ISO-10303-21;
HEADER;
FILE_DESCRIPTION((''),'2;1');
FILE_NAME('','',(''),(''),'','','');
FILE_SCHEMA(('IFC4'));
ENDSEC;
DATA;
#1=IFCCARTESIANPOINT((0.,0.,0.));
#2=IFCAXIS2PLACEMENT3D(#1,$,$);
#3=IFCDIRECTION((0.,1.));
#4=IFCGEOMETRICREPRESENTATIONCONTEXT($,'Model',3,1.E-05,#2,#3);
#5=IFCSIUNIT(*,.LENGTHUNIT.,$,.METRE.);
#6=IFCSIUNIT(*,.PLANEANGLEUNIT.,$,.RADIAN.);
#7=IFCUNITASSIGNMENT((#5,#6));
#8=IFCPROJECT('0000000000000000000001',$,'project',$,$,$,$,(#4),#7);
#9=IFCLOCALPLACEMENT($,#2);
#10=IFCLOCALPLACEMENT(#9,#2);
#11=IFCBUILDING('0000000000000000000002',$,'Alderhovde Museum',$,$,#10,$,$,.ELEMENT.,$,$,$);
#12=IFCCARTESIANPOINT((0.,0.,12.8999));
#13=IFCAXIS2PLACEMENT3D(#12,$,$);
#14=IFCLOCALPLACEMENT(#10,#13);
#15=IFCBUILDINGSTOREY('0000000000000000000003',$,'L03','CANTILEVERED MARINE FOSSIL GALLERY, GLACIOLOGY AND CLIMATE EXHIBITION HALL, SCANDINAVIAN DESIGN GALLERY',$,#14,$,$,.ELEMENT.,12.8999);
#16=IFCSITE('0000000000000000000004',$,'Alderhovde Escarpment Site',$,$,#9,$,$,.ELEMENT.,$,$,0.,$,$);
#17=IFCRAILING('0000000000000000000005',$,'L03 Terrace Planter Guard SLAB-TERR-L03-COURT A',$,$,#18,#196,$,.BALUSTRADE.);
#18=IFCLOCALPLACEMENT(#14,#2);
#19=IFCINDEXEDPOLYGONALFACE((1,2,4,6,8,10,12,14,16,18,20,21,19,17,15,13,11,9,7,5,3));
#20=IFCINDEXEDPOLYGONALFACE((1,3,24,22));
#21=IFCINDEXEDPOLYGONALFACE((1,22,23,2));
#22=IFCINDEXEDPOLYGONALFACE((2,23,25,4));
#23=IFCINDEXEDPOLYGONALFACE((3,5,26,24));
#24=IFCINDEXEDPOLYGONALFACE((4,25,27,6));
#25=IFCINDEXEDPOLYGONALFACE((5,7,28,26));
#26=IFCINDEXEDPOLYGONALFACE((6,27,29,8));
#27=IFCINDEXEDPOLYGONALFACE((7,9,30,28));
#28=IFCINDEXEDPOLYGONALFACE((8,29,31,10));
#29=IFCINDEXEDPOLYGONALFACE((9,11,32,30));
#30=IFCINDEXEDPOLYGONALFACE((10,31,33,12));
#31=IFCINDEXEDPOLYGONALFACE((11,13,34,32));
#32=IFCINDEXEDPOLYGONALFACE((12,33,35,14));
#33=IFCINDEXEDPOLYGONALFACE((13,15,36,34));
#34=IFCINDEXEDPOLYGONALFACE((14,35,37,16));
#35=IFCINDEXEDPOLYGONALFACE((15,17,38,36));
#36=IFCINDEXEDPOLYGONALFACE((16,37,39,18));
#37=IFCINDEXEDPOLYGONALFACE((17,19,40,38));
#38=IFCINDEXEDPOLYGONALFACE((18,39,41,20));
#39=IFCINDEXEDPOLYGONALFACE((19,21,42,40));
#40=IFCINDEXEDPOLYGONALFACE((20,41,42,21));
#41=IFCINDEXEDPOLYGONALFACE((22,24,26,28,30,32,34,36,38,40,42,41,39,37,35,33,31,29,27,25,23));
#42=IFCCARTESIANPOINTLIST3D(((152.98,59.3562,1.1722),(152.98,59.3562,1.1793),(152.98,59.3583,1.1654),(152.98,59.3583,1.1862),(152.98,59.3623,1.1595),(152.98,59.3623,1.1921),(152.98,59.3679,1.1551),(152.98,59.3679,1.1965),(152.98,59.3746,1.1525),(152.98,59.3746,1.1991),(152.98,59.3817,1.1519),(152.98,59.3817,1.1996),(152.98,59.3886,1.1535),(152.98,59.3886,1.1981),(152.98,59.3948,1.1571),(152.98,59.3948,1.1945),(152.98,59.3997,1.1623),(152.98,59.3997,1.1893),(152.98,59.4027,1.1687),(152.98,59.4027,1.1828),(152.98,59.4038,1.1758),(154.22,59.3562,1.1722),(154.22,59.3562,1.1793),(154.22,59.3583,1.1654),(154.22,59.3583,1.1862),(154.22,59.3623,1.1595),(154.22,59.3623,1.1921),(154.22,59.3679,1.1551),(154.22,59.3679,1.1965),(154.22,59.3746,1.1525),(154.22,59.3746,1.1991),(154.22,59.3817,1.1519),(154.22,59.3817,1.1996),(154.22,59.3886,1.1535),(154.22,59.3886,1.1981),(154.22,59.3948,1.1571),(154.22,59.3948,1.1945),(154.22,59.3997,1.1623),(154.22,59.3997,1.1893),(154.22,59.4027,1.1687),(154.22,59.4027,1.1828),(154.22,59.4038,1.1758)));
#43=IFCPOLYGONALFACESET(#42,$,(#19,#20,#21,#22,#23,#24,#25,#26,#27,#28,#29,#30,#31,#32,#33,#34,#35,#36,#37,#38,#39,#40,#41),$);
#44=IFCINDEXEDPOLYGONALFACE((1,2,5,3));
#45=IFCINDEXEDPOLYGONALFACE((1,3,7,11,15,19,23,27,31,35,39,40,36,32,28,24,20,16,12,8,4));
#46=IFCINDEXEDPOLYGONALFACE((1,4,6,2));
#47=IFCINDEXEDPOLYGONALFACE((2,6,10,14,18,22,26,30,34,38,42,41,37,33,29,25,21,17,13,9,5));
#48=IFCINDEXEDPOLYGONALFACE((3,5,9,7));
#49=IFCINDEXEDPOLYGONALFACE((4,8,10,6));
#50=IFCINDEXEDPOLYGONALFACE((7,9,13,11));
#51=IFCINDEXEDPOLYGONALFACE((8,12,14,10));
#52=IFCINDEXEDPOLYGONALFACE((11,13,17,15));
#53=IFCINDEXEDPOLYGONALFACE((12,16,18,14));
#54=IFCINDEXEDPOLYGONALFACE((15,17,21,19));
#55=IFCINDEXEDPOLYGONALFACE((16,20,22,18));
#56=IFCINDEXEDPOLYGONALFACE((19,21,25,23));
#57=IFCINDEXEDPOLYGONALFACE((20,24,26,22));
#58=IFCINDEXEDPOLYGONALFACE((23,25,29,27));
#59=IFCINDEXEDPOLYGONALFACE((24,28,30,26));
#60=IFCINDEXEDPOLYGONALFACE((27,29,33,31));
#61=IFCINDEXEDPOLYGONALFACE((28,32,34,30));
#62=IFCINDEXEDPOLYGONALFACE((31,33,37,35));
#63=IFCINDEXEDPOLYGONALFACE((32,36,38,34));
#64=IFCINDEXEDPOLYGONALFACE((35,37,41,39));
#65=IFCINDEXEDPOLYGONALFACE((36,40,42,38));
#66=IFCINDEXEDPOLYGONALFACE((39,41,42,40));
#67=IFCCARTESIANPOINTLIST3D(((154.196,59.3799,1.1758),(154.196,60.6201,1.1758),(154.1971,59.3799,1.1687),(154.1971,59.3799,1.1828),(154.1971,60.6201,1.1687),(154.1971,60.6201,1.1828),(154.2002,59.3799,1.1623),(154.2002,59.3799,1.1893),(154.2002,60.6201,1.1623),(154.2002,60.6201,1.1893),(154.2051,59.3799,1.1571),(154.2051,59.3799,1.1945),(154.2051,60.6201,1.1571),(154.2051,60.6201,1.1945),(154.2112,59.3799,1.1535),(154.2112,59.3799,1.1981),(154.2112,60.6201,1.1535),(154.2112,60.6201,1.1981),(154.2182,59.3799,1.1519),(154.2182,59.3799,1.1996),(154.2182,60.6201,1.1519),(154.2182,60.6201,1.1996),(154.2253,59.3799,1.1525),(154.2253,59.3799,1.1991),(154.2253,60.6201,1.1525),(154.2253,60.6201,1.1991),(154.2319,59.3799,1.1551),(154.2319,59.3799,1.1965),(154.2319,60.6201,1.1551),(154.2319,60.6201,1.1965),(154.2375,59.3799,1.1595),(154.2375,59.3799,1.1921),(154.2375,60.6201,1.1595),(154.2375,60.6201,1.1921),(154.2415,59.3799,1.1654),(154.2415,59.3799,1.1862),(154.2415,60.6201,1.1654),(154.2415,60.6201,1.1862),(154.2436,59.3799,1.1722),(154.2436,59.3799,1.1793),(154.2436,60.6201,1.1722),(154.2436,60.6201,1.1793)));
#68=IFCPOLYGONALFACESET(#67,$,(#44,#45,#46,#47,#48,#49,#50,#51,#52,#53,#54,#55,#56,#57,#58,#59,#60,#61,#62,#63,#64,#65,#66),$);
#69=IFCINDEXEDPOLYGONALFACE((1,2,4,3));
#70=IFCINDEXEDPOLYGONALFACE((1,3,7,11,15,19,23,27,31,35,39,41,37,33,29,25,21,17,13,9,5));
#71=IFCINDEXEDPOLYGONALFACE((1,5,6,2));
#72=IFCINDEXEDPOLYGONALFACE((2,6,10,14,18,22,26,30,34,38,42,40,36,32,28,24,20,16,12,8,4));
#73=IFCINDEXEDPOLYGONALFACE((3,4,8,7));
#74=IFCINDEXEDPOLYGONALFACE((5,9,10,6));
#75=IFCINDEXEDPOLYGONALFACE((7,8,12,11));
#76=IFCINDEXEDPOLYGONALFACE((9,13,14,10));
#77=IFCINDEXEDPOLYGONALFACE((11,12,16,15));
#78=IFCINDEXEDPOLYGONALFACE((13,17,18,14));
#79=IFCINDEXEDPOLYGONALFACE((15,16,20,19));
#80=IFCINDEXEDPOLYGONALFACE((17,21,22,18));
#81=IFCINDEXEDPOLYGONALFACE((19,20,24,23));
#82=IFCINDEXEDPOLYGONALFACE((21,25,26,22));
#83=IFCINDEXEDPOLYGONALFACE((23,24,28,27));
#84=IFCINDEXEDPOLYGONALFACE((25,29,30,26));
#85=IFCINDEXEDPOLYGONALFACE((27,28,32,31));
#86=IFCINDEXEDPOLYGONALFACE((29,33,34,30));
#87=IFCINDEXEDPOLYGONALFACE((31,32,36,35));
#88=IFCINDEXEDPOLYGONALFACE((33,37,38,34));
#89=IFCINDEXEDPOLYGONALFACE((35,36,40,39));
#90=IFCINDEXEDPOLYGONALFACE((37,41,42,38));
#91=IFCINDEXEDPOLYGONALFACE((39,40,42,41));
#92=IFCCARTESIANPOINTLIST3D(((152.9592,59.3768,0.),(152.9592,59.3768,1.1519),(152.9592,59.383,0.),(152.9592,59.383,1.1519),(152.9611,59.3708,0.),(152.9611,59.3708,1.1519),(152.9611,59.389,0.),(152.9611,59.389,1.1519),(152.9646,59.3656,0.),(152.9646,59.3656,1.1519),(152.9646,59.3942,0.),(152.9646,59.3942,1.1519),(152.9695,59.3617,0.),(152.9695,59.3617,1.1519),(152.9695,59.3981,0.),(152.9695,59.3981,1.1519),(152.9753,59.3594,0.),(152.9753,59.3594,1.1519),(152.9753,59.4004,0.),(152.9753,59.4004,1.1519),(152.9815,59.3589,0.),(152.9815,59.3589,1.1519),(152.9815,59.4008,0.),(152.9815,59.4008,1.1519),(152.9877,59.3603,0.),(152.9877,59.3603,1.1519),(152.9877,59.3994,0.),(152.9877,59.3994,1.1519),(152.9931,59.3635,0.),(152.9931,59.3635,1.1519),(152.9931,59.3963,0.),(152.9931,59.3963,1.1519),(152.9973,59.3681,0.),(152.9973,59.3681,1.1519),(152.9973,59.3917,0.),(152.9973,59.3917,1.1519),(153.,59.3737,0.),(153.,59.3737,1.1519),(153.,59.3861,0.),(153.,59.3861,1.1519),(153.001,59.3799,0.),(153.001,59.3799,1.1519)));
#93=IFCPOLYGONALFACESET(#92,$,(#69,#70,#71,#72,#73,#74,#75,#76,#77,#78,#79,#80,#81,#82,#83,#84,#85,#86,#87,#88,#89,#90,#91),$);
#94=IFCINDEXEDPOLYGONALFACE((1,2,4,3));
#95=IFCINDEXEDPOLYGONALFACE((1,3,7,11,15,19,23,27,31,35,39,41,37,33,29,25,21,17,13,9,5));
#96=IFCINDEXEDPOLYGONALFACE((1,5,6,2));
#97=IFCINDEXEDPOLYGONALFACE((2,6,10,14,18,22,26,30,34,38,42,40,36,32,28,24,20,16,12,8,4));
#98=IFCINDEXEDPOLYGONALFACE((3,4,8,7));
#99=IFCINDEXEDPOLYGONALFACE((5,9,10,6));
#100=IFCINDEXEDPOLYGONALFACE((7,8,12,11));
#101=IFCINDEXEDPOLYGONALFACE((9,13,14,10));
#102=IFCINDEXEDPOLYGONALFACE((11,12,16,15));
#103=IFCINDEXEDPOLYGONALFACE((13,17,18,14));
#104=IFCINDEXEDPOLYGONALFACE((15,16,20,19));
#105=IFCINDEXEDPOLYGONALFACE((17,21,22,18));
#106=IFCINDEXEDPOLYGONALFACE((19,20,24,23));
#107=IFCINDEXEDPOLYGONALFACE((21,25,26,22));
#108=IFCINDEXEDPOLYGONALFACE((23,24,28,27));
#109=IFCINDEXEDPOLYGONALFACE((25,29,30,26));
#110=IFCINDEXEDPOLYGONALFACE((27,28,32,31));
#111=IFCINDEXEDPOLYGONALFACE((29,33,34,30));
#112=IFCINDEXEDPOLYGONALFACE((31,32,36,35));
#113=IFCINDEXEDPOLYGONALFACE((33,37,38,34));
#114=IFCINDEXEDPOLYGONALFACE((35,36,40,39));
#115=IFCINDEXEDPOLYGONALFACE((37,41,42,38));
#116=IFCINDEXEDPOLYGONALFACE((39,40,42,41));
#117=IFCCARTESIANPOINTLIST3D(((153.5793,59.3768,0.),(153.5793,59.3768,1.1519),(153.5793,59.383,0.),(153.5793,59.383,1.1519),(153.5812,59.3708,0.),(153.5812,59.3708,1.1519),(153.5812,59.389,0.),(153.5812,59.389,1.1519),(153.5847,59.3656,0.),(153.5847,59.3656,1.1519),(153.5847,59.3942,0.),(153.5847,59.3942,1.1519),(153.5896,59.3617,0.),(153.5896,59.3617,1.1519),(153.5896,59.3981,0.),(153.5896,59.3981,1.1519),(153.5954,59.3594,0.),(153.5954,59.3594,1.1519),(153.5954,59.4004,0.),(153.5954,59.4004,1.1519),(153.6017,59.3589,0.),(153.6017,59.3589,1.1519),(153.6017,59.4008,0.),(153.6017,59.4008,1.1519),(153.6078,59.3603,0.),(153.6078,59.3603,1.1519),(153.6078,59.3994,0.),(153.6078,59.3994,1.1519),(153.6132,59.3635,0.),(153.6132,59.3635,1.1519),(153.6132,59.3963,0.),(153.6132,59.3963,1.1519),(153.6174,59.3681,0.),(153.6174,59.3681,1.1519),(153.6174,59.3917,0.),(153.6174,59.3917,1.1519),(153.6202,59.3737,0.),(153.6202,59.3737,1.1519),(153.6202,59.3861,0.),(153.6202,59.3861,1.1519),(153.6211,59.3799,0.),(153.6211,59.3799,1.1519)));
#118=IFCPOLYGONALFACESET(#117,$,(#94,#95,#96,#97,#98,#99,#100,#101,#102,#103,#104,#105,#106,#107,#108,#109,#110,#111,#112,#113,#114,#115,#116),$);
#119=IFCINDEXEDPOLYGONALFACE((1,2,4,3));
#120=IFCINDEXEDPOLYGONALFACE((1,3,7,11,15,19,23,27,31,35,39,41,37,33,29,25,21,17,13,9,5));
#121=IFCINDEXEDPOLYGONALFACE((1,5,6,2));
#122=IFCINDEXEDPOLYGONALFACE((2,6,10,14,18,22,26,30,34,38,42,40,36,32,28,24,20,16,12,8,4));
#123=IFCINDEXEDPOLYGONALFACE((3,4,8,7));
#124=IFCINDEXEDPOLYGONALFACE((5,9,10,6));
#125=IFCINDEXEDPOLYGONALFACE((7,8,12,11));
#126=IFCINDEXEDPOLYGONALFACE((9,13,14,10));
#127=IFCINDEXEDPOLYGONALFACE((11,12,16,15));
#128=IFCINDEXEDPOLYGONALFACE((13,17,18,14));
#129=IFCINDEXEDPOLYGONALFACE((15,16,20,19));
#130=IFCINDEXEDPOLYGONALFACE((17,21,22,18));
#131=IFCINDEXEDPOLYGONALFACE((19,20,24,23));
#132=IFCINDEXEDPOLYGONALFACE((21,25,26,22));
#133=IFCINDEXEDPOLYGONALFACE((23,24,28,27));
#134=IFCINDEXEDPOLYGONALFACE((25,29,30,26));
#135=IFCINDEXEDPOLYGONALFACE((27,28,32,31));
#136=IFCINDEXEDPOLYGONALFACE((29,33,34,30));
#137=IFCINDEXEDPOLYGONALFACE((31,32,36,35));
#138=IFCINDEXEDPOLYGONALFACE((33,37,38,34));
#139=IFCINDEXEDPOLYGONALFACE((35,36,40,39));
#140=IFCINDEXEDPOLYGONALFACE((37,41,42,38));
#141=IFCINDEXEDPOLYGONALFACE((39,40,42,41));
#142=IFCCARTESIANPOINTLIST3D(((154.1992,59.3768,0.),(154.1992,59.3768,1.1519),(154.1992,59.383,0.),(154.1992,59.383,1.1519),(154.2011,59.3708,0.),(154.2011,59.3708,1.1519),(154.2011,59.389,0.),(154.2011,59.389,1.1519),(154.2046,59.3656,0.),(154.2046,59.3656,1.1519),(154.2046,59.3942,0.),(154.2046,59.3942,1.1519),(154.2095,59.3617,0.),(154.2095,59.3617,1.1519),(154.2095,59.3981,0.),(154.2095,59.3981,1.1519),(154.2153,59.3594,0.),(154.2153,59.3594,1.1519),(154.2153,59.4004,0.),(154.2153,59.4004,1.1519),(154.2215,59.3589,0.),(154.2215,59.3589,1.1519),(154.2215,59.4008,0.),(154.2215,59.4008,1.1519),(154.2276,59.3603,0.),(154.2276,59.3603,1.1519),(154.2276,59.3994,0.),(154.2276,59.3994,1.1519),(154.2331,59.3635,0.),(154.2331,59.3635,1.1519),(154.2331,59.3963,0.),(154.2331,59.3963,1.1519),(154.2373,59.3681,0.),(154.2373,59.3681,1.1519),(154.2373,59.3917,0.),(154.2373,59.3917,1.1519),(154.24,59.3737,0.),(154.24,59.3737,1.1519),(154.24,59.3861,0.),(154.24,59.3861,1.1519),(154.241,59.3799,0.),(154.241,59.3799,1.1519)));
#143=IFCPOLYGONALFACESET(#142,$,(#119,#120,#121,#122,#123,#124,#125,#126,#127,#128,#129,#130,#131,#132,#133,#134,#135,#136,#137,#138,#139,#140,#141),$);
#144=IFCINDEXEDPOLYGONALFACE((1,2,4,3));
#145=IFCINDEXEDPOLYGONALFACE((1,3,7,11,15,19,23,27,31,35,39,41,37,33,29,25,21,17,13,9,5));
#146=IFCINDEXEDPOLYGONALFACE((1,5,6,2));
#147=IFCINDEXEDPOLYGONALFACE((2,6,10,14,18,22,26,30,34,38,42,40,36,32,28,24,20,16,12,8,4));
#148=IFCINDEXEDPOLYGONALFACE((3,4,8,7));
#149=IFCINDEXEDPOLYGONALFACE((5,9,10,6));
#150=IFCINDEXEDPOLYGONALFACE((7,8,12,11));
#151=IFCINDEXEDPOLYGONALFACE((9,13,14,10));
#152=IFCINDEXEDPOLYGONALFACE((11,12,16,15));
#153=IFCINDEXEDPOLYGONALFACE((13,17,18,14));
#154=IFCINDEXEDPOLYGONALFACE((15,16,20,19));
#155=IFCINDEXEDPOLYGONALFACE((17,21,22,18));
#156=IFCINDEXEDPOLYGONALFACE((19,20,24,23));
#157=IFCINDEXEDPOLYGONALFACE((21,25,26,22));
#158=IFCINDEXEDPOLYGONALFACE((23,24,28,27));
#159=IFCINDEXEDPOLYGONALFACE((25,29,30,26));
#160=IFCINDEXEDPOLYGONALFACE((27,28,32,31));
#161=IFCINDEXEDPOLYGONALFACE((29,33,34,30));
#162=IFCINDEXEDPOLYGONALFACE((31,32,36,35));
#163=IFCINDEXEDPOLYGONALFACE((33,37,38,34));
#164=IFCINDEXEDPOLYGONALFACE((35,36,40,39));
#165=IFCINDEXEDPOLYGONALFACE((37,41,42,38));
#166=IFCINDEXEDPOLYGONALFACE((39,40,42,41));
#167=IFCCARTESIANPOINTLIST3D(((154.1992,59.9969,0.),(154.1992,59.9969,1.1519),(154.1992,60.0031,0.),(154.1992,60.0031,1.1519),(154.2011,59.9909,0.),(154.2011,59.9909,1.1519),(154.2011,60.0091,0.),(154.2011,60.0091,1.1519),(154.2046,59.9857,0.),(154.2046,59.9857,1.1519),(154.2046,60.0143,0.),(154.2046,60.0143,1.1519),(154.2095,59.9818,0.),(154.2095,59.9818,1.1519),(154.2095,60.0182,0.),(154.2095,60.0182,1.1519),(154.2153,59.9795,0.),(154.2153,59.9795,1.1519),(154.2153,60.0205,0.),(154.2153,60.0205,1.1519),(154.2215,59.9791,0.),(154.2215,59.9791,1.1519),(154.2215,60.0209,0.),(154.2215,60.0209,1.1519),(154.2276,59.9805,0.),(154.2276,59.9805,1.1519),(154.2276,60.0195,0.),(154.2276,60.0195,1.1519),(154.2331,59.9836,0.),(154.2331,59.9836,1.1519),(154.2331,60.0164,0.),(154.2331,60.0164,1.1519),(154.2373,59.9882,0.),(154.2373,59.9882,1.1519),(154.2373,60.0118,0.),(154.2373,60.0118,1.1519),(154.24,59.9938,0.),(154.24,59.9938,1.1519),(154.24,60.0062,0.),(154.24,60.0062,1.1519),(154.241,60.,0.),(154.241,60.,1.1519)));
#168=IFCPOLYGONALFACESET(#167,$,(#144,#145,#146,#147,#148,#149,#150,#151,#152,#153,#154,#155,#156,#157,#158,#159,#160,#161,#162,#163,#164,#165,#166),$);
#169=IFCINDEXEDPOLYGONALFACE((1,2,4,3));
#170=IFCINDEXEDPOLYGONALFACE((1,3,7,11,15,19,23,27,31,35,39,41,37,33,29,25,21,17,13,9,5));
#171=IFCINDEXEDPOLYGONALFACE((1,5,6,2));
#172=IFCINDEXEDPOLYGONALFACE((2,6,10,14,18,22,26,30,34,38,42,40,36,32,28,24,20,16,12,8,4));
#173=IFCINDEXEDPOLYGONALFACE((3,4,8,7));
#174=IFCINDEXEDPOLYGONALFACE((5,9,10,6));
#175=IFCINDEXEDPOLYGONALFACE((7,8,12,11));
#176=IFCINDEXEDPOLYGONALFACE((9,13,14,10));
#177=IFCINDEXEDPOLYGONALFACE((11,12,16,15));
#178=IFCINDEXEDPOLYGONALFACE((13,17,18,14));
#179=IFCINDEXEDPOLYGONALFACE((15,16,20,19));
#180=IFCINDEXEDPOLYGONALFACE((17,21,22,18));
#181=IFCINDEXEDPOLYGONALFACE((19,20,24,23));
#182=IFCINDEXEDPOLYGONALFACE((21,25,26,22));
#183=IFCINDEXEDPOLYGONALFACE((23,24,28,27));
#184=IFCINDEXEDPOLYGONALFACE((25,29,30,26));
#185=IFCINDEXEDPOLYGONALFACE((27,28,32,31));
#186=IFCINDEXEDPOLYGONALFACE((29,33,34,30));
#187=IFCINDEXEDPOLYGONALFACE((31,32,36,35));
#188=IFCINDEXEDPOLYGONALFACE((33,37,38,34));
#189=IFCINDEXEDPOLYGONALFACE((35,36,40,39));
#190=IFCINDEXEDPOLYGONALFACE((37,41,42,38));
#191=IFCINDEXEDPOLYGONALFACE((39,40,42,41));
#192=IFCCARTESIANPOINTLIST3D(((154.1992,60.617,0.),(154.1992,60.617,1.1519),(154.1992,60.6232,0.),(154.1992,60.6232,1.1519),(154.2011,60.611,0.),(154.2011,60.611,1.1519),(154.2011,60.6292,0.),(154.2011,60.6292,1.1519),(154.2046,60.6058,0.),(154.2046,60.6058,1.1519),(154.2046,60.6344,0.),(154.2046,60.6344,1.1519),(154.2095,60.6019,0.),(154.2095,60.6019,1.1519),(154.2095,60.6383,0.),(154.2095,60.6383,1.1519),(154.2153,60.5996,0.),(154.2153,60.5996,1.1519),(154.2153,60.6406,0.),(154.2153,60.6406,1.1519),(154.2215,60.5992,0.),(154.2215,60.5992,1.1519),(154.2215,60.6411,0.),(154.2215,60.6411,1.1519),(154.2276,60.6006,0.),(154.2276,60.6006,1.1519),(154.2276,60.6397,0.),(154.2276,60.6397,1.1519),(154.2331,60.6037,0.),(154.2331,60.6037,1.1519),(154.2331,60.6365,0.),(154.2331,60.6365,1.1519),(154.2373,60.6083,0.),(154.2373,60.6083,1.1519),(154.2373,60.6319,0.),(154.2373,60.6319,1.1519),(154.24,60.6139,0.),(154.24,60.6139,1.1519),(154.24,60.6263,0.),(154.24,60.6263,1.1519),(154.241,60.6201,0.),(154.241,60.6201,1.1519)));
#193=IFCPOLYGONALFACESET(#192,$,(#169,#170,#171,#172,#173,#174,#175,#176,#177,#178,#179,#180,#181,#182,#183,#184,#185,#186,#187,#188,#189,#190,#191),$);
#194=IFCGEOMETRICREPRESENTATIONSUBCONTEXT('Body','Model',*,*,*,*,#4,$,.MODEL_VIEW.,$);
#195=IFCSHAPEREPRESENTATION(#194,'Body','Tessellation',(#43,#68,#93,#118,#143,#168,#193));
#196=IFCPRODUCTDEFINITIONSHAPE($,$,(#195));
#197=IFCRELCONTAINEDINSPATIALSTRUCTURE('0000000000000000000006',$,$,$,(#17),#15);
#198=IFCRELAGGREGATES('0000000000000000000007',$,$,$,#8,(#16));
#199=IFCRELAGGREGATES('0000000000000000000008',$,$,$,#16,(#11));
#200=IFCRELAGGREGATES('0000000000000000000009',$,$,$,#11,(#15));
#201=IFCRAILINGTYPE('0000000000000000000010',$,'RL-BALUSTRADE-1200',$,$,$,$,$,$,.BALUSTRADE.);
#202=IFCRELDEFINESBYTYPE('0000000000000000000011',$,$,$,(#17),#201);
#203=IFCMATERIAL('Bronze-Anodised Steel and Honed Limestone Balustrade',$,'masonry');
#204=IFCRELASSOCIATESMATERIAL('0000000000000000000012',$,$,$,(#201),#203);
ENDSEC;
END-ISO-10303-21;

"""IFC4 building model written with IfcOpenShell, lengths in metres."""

from ifc_helpers import new_model, si_unit, direction, frame, origin, origin_2d, place, context, subcontext, project, spatial, circle, extrude, material, type_object, element, save


model = new_model("IFC4")

# Units and contexts
model_context = context("Model", 3, precision=1e-05, world=origin(), true_north=direction((0.0, 1.0)))
body_context = subcontext(model_context, "Body", "Model", "MODEL_VIEW")
ifc_project = project(units=[si_unit("LENGTHUNIT", "METRE"), si_unit("PLANEANGLEUNIT", "RADIAN")], contexts=[model_context])

# Site, building, storey
site_placement = place(None, origin())
site = spatial("IfcSite", under=ifc_project, at=site_placement, Name="Alderhovde Escarpment Site", CompositionType="ELEMENT", RefElevation=0.0)
building_placement = place(site_placement, origin())
building = spatial("IfcBuilding", under=site, at=building_placement, Name="Alderhovde Museum", CompositionType="ELEMENT")
storey_placement = place(building_placement, frame((0.0, 0.0, 12.8999)))
storey = spatial("IfcBuildingStorey", under=building, at=storey_placement, Name="L03", Description="CANTILEVERED MARINE FOSSIL GALLERY, GLACIOLOGY AND CLIMATE EXHIBITION HALL, SCANDINAVIAN DESIGN GALLERY", CompositionType="ELEMENT", Elevation=12.8999)

# Railing
ifc_material_1 = material(Name="Bronze-Anodised Steel and Honed Limestone Balustrade", Category="masonry")
railing_type = type_object("IfcRailingType", Name="RL-BALUSTRADE-1200", PredefinedType="BALUSTRADE", material=ifc_material_1)
railing_1_placement = place(storey_placement, frame((152.98, 59.3799, 0.0)))
element("IfcRailing", 1, at=railing_1_placement, inside=storey, type_object=railing_type, Name="L03 Terrace Planter Guard SLAB-TERR-L03-COURT A", PredefinedType="BALUSTRADE", context=body_context, shape_type="SweptSolid", body=[
    extrude(circle(Radius=0.0239, at=origin_2d()), frame((0.0, 0.0, 1.1758), z_axis=(1.0, 0.0, 0.0), x_axis=(0.0, 1.0, 0.0)), (0.0, 0.0, 1.0), 1.24),
    extrude(circle(Radius=0.0239, at=origin_2d()), frame((1.24, 0.0, 1.1758), z_axis=(0.0, 1.0, 0.0), x_axis=(-1.0, 0.0, 0.0)), (0.0, 0.0, 1.0), 1.2402),
    extrude(circle(Radius=0.021, at=origin_2d()), origin(), (0.0, 0.0, 1.0), 1.1519),
    extrude(circle(Radius=0.021, at=origin_2d()), frame((0.6201, 0.0, 0.0)), (0.0, 0.0, 1.0), 1.1519),
    extrude(circle(Radius=0.021, at=origin_2d()), frame((1.24, 0.0, 0.0)), (0.0, 0.0, 1.0), 1.1519),
    extrude(circle(Radius=0.021, at=origin_2d()), frame((1.24, 0.6201, 0.0)), (0.0, 0.0, 1.0), 1.1519),
    extrude(circle(Radius=0.021, at=origin_2d()), frame((1.24, 1.2402, 0.0)), (0.0, 0.0, 1.0), 1.1519),
])

save(model, "model.ifc")
